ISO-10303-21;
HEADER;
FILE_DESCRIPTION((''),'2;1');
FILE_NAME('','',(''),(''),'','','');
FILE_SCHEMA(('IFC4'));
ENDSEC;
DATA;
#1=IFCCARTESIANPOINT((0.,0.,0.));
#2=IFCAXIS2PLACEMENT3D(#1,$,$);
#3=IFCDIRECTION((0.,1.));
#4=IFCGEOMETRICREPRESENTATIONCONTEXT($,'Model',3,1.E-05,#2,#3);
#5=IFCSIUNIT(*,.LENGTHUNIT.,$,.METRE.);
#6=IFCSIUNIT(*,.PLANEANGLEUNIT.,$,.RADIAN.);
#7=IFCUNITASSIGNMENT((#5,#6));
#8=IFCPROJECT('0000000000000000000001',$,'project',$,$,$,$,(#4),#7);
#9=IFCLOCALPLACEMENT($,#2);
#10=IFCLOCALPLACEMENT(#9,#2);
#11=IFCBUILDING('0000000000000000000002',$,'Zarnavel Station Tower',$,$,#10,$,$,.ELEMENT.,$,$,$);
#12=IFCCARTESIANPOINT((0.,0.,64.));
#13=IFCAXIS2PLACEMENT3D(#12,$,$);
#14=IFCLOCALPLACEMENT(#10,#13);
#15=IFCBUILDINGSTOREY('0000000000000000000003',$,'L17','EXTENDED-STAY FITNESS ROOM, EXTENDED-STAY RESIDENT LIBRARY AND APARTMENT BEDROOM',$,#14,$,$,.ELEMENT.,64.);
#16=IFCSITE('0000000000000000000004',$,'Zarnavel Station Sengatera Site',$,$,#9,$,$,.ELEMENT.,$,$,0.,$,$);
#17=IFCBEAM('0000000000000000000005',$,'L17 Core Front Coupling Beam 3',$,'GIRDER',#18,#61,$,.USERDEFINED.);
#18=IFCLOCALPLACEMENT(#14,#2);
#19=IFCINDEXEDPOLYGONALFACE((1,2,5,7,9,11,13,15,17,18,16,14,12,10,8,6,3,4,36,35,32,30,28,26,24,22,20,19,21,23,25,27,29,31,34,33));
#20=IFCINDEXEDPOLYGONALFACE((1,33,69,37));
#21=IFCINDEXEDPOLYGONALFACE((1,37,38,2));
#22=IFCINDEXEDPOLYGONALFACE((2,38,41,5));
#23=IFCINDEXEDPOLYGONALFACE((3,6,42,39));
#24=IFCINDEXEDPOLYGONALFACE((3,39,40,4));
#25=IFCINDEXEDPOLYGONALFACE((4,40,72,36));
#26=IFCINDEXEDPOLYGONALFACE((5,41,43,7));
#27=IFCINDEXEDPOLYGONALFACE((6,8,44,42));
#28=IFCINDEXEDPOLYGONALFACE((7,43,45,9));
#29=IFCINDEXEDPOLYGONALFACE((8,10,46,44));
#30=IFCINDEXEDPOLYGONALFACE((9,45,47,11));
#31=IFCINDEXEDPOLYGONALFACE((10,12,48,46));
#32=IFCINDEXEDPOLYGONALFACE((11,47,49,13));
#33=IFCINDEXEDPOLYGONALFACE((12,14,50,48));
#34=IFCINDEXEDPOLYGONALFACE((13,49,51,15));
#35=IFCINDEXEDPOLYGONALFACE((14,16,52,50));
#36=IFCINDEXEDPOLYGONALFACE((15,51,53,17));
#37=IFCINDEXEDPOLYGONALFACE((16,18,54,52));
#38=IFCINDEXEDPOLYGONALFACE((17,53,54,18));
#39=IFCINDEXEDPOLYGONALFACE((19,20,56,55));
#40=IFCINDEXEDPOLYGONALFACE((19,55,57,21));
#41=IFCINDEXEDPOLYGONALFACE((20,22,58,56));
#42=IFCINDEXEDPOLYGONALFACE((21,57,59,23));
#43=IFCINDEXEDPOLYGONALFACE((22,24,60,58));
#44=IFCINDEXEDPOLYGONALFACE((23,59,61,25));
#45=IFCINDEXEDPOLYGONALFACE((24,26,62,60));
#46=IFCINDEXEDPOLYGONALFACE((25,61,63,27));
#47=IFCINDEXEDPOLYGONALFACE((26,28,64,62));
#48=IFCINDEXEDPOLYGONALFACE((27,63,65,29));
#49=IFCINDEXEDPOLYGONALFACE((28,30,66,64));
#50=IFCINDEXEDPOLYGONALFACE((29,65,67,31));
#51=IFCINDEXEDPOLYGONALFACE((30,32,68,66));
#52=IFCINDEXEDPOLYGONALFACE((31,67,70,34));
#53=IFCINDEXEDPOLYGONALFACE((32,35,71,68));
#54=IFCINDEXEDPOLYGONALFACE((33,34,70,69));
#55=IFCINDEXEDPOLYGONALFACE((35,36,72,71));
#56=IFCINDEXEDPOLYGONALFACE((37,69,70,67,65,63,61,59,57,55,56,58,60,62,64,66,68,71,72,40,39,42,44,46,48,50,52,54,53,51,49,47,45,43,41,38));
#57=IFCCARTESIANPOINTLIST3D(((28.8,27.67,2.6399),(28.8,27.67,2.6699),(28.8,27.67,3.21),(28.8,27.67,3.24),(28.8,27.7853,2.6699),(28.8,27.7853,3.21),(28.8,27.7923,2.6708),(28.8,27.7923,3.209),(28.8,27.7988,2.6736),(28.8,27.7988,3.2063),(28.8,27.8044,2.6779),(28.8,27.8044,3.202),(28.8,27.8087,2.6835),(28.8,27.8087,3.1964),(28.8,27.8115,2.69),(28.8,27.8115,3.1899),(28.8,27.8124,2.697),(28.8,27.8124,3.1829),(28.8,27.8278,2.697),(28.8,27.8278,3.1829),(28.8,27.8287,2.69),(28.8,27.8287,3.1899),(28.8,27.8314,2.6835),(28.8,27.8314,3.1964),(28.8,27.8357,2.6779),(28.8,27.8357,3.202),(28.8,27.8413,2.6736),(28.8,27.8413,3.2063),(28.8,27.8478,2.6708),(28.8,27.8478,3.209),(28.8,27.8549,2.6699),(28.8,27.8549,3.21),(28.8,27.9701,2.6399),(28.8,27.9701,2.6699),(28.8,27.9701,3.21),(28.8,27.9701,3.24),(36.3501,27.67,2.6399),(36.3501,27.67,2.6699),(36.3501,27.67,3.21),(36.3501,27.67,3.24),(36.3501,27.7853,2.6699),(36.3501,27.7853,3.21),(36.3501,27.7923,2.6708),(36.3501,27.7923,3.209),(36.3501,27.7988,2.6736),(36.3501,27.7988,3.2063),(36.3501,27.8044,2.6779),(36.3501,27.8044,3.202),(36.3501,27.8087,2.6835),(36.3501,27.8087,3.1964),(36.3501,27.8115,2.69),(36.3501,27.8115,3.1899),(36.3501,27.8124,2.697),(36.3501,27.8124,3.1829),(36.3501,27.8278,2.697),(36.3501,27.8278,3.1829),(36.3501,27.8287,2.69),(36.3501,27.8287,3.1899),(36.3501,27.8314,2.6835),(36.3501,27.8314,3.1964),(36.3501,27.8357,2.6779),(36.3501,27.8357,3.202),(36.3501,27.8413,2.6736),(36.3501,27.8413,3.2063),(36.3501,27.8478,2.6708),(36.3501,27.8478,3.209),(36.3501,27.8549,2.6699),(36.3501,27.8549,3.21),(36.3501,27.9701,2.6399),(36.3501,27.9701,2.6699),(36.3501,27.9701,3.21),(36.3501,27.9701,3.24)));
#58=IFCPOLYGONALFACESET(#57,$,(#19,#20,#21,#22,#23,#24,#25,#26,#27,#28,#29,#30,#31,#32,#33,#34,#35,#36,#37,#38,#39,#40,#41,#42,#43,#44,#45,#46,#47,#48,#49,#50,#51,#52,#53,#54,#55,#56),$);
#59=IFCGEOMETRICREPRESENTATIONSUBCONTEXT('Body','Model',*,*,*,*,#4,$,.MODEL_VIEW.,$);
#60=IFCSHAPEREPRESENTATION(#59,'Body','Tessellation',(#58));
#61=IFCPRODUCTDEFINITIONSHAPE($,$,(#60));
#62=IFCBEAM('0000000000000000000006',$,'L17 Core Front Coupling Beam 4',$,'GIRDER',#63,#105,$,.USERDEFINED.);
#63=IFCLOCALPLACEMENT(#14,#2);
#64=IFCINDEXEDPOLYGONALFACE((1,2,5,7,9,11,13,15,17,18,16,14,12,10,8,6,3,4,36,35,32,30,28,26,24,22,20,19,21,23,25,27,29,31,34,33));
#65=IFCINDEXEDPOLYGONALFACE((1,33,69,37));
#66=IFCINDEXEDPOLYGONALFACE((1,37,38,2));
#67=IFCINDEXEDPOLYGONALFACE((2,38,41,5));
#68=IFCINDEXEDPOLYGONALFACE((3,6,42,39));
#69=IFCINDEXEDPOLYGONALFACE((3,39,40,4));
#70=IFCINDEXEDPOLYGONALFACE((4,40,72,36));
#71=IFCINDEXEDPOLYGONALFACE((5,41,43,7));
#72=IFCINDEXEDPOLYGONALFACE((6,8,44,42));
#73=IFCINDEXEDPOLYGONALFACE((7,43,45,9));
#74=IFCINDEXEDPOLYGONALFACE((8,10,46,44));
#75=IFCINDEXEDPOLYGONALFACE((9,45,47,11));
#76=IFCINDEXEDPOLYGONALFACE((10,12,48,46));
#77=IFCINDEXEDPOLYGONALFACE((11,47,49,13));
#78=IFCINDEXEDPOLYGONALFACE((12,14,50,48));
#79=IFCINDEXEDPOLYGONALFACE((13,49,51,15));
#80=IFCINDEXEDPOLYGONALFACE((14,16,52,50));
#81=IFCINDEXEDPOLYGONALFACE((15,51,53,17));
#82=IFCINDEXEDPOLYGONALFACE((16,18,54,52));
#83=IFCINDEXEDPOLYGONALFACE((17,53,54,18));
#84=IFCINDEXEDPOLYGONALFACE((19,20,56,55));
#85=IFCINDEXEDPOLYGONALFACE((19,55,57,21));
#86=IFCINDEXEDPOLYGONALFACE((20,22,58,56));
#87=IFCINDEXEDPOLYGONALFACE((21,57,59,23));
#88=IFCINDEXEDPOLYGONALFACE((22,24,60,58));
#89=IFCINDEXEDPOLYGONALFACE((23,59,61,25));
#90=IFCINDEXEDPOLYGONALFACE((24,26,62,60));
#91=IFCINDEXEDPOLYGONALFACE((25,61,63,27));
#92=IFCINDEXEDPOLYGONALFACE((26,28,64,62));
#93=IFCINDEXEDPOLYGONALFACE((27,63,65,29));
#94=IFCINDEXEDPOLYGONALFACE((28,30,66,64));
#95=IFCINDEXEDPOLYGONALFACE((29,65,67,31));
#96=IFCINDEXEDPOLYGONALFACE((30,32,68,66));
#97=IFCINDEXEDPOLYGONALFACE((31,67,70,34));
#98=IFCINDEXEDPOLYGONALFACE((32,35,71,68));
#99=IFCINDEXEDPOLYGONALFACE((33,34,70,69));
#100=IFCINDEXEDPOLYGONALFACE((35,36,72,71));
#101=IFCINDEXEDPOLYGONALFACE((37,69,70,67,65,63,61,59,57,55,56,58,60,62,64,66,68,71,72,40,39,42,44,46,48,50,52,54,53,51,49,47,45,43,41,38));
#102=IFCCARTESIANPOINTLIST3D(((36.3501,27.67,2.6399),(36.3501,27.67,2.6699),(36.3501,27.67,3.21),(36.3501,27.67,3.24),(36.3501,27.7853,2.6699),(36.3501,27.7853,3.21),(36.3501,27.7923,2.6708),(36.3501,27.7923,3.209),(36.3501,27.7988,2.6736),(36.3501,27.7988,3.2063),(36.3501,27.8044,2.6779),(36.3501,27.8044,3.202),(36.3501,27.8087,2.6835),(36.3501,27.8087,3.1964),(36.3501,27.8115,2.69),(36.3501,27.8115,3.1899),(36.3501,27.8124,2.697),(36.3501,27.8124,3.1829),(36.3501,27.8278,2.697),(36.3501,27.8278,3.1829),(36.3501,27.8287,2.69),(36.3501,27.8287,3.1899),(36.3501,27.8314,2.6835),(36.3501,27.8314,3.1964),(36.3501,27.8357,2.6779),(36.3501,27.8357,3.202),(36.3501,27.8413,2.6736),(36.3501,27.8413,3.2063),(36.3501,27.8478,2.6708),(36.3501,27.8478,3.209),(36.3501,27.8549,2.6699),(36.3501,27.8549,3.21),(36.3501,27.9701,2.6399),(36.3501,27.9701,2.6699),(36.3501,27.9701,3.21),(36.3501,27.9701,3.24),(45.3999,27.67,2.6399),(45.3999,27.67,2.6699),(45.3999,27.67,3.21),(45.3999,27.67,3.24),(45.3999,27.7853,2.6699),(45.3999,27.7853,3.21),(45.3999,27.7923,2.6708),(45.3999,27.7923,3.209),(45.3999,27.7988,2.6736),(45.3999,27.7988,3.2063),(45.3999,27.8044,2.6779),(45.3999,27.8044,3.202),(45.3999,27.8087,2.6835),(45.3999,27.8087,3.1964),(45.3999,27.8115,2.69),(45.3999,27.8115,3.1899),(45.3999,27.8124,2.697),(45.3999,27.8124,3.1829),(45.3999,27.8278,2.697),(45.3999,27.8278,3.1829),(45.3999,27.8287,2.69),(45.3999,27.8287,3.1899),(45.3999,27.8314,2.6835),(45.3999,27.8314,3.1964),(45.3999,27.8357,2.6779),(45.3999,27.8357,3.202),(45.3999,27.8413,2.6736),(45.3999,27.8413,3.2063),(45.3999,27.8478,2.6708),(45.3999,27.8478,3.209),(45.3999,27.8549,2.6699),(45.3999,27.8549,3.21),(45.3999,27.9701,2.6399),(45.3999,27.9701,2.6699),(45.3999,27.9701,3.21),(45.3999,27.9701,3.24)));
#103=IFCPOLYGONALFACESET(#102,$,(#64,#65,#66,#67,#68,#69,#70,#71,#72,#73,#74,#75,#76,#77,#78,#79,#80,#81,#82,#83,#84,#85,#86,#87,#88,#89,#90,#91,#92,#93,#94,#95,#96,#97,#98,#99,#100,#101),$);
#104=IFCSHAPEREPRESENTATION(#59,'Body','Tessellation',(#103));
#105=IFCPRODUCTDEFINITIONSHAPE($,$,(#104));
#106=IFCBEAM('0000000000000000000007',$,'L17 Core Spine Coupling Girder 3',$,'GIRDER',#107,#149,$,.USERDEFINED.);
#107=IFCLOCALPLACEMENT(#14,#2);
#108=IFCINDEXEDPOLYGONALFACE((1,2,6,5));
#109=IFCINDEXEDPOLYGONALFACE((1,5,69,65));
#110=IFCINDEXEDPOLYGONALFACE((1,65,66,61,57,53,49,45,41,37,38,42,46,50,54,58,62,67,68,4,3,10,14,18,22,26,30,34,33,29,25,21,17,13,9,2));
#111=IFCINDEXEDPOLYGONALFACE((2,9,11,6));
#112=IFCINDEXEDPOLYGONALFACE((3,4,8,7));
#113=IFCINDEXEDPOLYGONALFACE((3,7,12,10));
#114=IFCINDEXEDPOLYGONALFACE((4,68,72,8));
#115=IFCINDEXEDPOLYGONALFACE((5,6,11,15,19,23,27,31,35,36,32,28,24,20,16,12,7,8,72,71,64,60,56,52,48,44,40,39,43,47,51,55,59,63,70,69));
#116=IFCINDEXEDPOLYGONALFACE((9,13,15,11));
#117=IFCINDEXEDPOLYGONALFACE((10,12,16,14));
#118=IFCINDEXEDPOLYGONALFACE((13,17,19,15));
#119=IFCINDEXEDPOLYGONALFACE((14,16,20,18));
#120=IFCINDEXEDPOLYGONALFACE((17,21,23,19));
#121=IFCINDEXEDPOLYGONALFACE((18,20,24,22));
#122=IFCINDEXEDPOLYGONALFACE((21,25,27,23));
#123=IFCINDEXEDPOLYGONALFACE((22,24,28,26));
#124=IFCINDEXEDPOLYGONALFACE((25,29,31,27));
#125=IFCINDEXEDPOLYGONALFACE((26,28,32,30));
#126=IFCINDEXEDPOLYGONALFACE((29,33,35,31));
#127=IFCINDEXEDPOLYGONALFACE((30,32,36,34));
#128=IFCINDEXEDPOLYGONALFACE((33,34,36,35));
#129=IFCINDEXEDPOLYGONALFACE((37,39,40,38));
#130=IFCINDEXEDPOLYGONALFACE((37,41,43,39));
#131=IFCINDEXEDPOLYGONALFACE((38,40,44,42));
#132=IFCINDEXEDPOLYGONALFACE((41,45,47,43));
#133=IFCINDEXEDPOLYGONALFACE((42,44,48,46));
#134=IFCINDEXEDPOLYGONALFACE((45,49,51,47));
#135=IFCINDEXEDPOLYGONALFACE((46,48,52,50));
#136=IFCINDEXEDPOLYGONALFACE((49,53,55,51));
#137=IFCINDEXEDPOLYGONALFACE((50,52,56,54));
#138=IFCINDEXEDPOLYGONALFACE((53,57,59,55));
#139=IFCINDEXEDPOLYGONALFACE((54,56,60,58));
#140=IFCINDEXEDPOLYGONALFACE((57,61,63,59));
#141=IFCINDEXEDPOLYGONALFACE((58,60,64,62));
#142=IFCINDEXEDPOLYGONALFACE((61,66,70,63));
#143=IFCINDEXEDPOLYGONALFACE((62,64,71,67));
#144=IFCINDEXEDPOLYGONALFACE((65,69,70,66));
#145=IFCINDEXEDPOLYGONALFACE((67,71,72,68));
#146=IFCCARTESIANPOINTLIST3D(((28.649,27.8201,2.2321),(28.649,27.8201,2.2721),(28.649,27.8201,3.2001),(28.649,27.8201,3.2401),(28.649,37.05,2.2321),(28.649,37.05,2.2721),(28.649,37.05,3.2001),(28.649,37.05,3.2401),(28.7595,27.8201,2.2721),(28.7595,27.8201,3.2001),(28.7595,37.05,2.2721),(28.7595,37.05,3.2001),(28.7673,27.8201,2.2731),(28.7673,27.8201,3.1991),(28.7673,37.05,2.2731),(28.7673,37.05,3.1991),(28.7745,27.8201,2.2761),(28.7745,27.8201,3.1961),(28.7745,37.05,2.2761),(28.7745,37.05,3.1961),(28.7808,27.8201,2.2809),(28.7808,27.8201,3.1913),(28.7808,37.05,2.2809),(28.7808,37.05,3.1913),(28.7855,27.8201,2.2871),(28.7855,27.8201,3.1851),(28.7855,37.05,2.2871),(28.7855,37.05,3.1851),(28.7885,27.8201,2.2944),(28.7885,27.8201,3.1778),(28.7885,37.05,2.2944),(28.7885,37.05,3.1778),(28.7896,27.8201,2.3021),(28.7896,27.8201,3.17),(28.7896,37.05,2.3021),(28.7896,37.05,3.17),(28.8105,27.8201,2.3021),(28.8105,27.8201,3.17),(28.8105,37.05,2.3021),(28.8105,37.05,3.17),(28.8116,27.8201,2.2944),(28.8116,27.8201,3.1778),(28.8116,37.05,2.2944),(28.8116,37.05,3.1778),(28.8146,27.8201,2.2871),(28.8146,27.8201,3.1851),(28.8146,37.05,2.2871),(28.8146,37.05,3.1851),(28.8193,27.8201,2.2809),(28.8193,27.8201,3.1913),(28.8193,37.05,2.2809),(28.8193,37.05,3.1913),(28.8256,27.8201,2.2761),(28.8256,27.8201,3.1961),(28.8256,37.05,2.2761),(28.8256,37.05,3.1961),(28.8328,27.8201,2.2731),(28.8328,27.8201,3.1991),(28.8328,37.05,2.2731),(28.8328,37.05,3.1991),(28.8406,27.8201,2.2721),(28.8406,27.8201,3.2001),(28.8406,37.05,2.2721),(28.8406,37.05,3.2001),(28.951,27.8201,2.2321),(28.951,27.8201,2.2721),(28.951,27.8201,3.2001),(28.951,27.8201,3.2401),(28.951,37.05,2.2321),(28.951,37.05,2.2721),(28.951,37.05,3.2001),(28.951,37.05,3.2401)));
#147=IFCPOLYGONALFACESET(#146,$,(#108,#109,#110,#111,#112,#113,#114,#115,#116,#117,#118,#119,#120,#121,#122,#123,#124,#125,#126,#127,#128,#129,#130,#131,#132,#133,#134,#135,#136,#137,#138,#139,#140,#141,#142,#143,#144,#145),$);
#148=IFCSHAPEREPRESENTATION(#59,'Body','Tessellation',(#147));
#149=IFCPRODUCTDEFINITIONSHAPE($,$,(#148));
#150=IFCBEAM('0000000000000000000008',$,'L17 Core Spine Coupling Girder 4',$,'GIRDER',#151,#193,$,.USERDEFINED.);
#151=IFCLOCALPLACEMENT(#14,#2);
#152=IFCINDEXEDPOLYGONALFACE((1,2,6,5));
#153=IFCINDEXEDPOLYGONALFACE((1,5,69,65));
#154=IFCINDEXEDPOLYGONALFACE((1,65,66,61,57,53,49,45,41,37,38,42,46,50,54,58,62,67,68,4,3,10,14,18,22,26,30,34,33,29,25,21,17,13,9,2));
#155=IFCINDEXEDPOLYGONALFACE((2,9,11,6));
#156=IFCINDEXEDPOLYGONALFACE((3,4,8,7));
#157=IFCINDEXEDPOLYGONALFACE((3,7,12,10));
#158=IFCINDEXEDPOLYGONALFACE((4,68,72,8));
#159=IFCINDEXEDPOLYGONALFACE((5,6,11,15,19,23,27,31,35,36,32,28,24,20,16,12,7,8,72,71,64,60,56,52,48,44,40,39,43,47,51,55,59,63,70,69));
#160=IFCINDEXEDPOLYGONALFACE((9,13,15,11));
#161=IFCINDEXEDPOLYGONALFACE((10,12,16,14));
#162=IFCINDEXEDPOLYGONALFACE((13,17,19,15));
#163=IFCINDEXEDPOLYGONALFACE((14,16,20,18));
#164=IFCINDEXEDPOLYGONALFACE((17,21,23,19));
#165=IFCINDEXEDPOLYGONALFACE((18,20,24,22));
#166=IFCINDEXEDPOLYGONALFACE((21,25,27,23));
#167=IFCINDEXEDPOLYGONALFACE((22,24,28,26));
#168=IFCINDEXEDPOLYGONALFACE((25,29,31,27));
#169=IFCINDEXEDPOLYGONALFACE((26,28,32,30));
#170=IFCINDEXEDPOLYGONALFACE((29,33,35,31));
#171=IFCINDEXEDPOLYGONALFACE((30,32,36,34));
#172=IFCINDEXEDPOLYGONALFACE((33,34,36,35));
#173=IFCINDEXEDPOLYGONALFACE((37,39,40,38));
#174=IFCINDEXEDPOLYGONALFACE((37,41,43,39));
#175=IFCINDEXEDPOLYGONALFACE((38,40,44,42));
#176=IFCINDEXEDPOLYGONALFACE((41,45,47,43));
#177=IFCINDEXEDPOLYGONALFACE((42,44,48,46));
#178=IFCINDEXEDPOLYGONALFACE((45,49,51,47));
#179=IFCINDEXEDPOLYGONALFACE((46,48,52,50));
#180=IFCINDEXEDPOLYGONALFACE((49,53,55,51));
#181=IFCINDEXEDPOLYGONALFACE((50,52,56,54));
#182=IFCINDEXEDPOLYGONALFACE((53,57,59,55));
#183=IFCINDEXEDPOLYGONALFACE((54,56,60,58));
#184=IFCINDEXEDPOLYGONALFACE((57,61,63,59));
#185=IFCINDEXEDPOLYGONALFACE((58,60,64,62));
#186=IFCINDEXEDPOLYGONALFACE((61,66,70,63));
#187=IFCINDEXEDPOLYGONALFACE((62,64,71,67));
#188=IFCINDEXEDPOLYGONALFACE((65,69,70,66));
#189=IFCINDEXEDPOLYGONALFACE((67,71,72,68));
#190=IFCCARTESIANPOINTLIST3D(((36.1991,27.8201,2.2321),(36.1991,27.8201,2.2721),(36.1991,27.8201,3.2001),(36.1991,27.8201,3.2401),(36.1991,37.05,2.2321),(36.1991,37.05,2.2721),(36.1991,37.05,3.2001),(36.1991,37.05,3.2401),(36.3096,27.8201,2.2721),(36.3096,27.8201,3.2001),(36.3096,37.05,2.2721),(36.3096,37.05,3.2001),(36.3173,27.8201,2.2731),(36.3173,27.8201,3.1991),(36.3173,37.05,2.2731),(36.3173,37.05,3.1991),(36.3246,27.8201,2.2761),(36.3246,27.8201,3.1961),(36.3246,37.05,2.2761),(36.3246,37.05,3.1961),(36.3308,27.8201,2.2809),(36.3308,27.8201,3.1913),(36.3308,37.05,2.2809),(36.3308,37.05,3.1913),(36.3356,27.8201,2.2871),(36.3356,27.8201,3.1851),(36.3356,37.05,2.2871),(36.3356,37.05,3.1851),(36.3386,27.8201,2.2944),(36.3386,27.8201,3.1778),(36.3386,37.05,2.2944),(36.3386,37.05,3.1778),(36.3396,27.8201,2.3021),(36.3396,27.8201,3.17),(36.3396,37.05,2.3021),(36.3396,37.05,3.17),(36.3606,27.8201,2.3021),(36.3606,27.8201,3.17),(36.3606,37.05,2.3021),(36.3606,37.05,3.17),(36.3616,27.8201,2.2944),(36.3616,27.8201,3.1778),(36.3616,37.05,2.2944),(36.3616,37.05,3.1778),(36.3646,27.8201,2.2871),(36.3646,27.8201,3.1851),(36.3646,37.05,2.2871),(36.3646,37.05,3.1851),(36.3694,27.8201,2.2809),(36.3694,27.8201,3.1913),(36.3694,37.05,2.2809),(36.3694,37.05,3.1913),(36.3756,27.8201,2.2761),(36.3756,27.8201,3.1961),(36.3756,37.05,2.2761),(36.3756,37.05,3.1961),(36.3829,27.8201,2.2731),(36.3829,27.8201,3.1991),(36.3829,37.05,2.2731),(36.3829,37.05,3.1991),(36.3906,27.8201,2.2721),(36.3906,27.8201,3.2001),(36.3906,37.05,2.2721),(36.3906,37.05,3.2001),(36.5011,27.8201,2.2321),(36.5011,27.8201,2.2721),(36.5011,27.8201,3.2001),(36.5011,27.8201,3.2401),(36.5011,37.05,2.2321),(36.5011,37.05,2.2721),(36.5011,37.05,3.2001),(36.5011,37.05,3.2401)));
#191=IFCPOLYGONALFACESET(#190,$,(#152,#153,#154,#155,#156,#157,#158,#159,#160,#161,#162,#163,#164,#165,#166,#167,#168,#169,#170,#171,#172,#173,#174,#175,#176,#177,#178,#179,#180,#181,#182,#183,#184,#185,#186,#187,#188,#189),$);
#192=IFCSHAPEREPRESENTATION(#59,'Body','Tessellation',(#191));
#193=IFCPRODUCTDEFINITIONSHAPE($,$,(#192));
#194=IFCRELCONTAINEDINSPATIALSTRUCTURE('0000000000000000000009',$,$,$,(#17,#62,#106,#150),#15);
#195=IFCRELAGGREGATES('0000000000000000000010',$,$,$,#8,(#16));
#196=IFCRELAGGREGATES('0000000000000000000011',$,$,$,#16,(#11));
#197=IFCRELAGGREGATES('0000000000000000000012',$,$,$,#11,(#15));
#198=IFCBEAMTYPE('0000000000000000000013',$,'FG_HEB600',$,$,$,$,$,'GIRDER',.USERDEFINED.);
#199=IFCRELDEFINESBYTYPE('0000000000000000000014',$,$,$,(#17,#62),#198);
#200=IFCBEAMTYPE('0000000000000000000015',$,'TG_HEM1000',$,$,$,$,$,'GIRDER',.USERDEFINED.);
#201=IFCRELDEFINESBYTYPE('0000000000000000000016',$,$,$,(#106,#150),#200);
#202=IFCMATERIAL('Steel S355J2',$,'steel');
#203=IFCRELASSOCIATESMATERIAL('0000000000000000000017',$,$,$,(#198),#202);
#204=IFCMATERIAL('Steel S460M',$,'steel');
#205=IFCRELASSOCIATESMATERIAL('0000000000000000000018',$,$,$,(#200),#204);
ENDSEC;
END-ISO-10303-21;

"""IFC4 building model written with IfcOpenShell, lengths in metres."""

from ifc_helpers import new_model, si_unit, direction, frame, origin, origin_2d, place, context, subcontext, project, spatial, i_section, extrude, material, material_profile, profile_set, type_object, element, save


model = new_model("IFC4")

# Units and contexts
model_context = context("Model", 3, precision=1e-05, world=origin(), true_north=direction((0.0, 1.0)))
body_context = subcontext(model_context, "Body", "Model", "MODEL_VIEW")
ifc_project = project(units=[si_unit("LENGTHUNIT", "METRE"), si_unit("PLANEANGLEUNIT", "RADIAN")], contexts=[model_context])

# Site, building, storey
site_placement = place(None, origin())
site = spatial("IfcSite", under=ifc_project, at=site_placement, Name="Zarnavel Station Sengatera Site", CompositionType="ELEMENT", RefElevation=0.0)
building_placement = place(site_placement, origin())
building = spatial("IfcBuilding", under=site, at=building_placement, Name="Zarnavel Station Tower", CompositionType="ELEMENT")
storey_placement = place(building_placement, frame((0.0, 0.0, 64.0)))
storey = spatial("IfcBuildingStorey", under=building, at=storey_placement, Name="L17", Description="EXTENDED-STAY FITNESS ROOM, EXTENDED-STAY RESIDENT LIBRARY AND APARTMENT BEDROOM", CompositionType="ELEMENT", Elevation=64.0)

# Beams
ifc_material_1 = material(Name="Steel S355J2", Category="steel")
ifc_material_profile_1 = material_profile(ifc_material_1, i_section(OverallWidth=0.3, OverallDepth=0.6001, WebThickness=0.0154, FlangeThickness=0.03, FilletRadius=0.0271, at=origin_2d()), Name="HEB600")
ifc_profile_set_1 = profile_set([ifc_material_profile_1], Name="Steel S355J2")
beam_type_1 = type_object("IfcBeamType", Name="FG_HEB600", ElementType="GIRDER", PredefinedType="USERDEFINED", material=ifc_profile_set_1)
beam_1_placement = place(storey_placement, frame((28.8, 27.8201, 2.9399), z_axis=(1.0, 0.0, 0.0), x_axis=(0.0, 1.0, 0.0)))
element("IfcBeam", 1, at=beam_1_placement, inside=storey, type_object=beam_type_1, Name="L17 Core Front Coupling Beam 3", ObjectType="GIRDER", PredefinedType="USERDEFINED", context=body_context, shape_type="SweptSolid", body=[
    extrude(i_section(OverallWidth=0.3, OverallDepth=0.6001, WebThickness=0.0154, FlangeThickness=0.03, FilletRadius=0.0271, at=origin_2d()), origin(), (0.0, 0.0, 1.0), 7.55),
])
beam_2_placement = place(storey_placement, frame((36.3501, 27.8201, 2.9399), z_axis=(1.0, 0.0, 0.0), x_axis=(0.0, 1.0, 0.0)))
element("IfcBeam", 2, at=beam_2_placement, inside=storey, type_object=beam_type_1, Name="L17 Core Front Coupling Beam 4", ObjectType="GIRDER", PredefinedType="USERDEFINED", context=body_context, shape_type="SweptSolid", body=[
    extrude(i_section(OverallWidth=0.3, OverallDepth=0.6001, WebThickness=0.0154, FlangeThickness=0.03, FilletRadius=0.0271, at=origin_2d()), origin(), (0.0, 0.0, 1.0), 9.0498),
])
ifc_material_2 = material(Name="Steel S460M", Category="steel")
ifc_material_profile_2 = material_profile(ifc_material_2, i_section(OverallWidth=0.302, OverallDepth=1.0081, WebThickness=0.021, FlangeThickness=0.04, FilletRadius=0.03, at=origin_2d()), Name="HEM1000")
ifc_profile_set_2 = profile_set([ifc_material_profile_2], Name="Steel S460M")
beam_type_2 = type_object("IfcBeamType", Name="TG_HEM1000", ElementType="GIRDER", PredefinedType="USERDEFINED", material=ifc_profile_set_2)
for number, where, z_axis, x_axis, name in (
    (3, (28.8, 27.8201, 2.7361), (0.0, 1.0, 0.0), (-1.0, 0.0, 0.0), "L17 Core Spine Coupling Girder 3"),
    (4, (36.3501, 27.8201, 2.7361), (0.0, 1.0, 0.0), (-1.0, 0.0, 0.0), "L17 Core Spine Coupling Girder 4"),
):
    element("IfcBeam", number, at=place(storey_placement, frame(where, z_axis=z_axis, x_axis=x_axis)), inside=storey, type_object=beam_type_2, Name=name, ObjectType="GIRDER", PredefinedType="USERDEFINED", context=body_context, shape_type="SweptSolid", body=[
        extrude(i_section(OverallWidth=0.302, OverallDepth=1.0081, WebThickness=0.021, FlangeThickness=0.04, FilletRadius=0.03, at=origin_2d()), origin(), (0.0, 0.0, 1.0), 9.23),
    ])

save(model, "model.ifc")
